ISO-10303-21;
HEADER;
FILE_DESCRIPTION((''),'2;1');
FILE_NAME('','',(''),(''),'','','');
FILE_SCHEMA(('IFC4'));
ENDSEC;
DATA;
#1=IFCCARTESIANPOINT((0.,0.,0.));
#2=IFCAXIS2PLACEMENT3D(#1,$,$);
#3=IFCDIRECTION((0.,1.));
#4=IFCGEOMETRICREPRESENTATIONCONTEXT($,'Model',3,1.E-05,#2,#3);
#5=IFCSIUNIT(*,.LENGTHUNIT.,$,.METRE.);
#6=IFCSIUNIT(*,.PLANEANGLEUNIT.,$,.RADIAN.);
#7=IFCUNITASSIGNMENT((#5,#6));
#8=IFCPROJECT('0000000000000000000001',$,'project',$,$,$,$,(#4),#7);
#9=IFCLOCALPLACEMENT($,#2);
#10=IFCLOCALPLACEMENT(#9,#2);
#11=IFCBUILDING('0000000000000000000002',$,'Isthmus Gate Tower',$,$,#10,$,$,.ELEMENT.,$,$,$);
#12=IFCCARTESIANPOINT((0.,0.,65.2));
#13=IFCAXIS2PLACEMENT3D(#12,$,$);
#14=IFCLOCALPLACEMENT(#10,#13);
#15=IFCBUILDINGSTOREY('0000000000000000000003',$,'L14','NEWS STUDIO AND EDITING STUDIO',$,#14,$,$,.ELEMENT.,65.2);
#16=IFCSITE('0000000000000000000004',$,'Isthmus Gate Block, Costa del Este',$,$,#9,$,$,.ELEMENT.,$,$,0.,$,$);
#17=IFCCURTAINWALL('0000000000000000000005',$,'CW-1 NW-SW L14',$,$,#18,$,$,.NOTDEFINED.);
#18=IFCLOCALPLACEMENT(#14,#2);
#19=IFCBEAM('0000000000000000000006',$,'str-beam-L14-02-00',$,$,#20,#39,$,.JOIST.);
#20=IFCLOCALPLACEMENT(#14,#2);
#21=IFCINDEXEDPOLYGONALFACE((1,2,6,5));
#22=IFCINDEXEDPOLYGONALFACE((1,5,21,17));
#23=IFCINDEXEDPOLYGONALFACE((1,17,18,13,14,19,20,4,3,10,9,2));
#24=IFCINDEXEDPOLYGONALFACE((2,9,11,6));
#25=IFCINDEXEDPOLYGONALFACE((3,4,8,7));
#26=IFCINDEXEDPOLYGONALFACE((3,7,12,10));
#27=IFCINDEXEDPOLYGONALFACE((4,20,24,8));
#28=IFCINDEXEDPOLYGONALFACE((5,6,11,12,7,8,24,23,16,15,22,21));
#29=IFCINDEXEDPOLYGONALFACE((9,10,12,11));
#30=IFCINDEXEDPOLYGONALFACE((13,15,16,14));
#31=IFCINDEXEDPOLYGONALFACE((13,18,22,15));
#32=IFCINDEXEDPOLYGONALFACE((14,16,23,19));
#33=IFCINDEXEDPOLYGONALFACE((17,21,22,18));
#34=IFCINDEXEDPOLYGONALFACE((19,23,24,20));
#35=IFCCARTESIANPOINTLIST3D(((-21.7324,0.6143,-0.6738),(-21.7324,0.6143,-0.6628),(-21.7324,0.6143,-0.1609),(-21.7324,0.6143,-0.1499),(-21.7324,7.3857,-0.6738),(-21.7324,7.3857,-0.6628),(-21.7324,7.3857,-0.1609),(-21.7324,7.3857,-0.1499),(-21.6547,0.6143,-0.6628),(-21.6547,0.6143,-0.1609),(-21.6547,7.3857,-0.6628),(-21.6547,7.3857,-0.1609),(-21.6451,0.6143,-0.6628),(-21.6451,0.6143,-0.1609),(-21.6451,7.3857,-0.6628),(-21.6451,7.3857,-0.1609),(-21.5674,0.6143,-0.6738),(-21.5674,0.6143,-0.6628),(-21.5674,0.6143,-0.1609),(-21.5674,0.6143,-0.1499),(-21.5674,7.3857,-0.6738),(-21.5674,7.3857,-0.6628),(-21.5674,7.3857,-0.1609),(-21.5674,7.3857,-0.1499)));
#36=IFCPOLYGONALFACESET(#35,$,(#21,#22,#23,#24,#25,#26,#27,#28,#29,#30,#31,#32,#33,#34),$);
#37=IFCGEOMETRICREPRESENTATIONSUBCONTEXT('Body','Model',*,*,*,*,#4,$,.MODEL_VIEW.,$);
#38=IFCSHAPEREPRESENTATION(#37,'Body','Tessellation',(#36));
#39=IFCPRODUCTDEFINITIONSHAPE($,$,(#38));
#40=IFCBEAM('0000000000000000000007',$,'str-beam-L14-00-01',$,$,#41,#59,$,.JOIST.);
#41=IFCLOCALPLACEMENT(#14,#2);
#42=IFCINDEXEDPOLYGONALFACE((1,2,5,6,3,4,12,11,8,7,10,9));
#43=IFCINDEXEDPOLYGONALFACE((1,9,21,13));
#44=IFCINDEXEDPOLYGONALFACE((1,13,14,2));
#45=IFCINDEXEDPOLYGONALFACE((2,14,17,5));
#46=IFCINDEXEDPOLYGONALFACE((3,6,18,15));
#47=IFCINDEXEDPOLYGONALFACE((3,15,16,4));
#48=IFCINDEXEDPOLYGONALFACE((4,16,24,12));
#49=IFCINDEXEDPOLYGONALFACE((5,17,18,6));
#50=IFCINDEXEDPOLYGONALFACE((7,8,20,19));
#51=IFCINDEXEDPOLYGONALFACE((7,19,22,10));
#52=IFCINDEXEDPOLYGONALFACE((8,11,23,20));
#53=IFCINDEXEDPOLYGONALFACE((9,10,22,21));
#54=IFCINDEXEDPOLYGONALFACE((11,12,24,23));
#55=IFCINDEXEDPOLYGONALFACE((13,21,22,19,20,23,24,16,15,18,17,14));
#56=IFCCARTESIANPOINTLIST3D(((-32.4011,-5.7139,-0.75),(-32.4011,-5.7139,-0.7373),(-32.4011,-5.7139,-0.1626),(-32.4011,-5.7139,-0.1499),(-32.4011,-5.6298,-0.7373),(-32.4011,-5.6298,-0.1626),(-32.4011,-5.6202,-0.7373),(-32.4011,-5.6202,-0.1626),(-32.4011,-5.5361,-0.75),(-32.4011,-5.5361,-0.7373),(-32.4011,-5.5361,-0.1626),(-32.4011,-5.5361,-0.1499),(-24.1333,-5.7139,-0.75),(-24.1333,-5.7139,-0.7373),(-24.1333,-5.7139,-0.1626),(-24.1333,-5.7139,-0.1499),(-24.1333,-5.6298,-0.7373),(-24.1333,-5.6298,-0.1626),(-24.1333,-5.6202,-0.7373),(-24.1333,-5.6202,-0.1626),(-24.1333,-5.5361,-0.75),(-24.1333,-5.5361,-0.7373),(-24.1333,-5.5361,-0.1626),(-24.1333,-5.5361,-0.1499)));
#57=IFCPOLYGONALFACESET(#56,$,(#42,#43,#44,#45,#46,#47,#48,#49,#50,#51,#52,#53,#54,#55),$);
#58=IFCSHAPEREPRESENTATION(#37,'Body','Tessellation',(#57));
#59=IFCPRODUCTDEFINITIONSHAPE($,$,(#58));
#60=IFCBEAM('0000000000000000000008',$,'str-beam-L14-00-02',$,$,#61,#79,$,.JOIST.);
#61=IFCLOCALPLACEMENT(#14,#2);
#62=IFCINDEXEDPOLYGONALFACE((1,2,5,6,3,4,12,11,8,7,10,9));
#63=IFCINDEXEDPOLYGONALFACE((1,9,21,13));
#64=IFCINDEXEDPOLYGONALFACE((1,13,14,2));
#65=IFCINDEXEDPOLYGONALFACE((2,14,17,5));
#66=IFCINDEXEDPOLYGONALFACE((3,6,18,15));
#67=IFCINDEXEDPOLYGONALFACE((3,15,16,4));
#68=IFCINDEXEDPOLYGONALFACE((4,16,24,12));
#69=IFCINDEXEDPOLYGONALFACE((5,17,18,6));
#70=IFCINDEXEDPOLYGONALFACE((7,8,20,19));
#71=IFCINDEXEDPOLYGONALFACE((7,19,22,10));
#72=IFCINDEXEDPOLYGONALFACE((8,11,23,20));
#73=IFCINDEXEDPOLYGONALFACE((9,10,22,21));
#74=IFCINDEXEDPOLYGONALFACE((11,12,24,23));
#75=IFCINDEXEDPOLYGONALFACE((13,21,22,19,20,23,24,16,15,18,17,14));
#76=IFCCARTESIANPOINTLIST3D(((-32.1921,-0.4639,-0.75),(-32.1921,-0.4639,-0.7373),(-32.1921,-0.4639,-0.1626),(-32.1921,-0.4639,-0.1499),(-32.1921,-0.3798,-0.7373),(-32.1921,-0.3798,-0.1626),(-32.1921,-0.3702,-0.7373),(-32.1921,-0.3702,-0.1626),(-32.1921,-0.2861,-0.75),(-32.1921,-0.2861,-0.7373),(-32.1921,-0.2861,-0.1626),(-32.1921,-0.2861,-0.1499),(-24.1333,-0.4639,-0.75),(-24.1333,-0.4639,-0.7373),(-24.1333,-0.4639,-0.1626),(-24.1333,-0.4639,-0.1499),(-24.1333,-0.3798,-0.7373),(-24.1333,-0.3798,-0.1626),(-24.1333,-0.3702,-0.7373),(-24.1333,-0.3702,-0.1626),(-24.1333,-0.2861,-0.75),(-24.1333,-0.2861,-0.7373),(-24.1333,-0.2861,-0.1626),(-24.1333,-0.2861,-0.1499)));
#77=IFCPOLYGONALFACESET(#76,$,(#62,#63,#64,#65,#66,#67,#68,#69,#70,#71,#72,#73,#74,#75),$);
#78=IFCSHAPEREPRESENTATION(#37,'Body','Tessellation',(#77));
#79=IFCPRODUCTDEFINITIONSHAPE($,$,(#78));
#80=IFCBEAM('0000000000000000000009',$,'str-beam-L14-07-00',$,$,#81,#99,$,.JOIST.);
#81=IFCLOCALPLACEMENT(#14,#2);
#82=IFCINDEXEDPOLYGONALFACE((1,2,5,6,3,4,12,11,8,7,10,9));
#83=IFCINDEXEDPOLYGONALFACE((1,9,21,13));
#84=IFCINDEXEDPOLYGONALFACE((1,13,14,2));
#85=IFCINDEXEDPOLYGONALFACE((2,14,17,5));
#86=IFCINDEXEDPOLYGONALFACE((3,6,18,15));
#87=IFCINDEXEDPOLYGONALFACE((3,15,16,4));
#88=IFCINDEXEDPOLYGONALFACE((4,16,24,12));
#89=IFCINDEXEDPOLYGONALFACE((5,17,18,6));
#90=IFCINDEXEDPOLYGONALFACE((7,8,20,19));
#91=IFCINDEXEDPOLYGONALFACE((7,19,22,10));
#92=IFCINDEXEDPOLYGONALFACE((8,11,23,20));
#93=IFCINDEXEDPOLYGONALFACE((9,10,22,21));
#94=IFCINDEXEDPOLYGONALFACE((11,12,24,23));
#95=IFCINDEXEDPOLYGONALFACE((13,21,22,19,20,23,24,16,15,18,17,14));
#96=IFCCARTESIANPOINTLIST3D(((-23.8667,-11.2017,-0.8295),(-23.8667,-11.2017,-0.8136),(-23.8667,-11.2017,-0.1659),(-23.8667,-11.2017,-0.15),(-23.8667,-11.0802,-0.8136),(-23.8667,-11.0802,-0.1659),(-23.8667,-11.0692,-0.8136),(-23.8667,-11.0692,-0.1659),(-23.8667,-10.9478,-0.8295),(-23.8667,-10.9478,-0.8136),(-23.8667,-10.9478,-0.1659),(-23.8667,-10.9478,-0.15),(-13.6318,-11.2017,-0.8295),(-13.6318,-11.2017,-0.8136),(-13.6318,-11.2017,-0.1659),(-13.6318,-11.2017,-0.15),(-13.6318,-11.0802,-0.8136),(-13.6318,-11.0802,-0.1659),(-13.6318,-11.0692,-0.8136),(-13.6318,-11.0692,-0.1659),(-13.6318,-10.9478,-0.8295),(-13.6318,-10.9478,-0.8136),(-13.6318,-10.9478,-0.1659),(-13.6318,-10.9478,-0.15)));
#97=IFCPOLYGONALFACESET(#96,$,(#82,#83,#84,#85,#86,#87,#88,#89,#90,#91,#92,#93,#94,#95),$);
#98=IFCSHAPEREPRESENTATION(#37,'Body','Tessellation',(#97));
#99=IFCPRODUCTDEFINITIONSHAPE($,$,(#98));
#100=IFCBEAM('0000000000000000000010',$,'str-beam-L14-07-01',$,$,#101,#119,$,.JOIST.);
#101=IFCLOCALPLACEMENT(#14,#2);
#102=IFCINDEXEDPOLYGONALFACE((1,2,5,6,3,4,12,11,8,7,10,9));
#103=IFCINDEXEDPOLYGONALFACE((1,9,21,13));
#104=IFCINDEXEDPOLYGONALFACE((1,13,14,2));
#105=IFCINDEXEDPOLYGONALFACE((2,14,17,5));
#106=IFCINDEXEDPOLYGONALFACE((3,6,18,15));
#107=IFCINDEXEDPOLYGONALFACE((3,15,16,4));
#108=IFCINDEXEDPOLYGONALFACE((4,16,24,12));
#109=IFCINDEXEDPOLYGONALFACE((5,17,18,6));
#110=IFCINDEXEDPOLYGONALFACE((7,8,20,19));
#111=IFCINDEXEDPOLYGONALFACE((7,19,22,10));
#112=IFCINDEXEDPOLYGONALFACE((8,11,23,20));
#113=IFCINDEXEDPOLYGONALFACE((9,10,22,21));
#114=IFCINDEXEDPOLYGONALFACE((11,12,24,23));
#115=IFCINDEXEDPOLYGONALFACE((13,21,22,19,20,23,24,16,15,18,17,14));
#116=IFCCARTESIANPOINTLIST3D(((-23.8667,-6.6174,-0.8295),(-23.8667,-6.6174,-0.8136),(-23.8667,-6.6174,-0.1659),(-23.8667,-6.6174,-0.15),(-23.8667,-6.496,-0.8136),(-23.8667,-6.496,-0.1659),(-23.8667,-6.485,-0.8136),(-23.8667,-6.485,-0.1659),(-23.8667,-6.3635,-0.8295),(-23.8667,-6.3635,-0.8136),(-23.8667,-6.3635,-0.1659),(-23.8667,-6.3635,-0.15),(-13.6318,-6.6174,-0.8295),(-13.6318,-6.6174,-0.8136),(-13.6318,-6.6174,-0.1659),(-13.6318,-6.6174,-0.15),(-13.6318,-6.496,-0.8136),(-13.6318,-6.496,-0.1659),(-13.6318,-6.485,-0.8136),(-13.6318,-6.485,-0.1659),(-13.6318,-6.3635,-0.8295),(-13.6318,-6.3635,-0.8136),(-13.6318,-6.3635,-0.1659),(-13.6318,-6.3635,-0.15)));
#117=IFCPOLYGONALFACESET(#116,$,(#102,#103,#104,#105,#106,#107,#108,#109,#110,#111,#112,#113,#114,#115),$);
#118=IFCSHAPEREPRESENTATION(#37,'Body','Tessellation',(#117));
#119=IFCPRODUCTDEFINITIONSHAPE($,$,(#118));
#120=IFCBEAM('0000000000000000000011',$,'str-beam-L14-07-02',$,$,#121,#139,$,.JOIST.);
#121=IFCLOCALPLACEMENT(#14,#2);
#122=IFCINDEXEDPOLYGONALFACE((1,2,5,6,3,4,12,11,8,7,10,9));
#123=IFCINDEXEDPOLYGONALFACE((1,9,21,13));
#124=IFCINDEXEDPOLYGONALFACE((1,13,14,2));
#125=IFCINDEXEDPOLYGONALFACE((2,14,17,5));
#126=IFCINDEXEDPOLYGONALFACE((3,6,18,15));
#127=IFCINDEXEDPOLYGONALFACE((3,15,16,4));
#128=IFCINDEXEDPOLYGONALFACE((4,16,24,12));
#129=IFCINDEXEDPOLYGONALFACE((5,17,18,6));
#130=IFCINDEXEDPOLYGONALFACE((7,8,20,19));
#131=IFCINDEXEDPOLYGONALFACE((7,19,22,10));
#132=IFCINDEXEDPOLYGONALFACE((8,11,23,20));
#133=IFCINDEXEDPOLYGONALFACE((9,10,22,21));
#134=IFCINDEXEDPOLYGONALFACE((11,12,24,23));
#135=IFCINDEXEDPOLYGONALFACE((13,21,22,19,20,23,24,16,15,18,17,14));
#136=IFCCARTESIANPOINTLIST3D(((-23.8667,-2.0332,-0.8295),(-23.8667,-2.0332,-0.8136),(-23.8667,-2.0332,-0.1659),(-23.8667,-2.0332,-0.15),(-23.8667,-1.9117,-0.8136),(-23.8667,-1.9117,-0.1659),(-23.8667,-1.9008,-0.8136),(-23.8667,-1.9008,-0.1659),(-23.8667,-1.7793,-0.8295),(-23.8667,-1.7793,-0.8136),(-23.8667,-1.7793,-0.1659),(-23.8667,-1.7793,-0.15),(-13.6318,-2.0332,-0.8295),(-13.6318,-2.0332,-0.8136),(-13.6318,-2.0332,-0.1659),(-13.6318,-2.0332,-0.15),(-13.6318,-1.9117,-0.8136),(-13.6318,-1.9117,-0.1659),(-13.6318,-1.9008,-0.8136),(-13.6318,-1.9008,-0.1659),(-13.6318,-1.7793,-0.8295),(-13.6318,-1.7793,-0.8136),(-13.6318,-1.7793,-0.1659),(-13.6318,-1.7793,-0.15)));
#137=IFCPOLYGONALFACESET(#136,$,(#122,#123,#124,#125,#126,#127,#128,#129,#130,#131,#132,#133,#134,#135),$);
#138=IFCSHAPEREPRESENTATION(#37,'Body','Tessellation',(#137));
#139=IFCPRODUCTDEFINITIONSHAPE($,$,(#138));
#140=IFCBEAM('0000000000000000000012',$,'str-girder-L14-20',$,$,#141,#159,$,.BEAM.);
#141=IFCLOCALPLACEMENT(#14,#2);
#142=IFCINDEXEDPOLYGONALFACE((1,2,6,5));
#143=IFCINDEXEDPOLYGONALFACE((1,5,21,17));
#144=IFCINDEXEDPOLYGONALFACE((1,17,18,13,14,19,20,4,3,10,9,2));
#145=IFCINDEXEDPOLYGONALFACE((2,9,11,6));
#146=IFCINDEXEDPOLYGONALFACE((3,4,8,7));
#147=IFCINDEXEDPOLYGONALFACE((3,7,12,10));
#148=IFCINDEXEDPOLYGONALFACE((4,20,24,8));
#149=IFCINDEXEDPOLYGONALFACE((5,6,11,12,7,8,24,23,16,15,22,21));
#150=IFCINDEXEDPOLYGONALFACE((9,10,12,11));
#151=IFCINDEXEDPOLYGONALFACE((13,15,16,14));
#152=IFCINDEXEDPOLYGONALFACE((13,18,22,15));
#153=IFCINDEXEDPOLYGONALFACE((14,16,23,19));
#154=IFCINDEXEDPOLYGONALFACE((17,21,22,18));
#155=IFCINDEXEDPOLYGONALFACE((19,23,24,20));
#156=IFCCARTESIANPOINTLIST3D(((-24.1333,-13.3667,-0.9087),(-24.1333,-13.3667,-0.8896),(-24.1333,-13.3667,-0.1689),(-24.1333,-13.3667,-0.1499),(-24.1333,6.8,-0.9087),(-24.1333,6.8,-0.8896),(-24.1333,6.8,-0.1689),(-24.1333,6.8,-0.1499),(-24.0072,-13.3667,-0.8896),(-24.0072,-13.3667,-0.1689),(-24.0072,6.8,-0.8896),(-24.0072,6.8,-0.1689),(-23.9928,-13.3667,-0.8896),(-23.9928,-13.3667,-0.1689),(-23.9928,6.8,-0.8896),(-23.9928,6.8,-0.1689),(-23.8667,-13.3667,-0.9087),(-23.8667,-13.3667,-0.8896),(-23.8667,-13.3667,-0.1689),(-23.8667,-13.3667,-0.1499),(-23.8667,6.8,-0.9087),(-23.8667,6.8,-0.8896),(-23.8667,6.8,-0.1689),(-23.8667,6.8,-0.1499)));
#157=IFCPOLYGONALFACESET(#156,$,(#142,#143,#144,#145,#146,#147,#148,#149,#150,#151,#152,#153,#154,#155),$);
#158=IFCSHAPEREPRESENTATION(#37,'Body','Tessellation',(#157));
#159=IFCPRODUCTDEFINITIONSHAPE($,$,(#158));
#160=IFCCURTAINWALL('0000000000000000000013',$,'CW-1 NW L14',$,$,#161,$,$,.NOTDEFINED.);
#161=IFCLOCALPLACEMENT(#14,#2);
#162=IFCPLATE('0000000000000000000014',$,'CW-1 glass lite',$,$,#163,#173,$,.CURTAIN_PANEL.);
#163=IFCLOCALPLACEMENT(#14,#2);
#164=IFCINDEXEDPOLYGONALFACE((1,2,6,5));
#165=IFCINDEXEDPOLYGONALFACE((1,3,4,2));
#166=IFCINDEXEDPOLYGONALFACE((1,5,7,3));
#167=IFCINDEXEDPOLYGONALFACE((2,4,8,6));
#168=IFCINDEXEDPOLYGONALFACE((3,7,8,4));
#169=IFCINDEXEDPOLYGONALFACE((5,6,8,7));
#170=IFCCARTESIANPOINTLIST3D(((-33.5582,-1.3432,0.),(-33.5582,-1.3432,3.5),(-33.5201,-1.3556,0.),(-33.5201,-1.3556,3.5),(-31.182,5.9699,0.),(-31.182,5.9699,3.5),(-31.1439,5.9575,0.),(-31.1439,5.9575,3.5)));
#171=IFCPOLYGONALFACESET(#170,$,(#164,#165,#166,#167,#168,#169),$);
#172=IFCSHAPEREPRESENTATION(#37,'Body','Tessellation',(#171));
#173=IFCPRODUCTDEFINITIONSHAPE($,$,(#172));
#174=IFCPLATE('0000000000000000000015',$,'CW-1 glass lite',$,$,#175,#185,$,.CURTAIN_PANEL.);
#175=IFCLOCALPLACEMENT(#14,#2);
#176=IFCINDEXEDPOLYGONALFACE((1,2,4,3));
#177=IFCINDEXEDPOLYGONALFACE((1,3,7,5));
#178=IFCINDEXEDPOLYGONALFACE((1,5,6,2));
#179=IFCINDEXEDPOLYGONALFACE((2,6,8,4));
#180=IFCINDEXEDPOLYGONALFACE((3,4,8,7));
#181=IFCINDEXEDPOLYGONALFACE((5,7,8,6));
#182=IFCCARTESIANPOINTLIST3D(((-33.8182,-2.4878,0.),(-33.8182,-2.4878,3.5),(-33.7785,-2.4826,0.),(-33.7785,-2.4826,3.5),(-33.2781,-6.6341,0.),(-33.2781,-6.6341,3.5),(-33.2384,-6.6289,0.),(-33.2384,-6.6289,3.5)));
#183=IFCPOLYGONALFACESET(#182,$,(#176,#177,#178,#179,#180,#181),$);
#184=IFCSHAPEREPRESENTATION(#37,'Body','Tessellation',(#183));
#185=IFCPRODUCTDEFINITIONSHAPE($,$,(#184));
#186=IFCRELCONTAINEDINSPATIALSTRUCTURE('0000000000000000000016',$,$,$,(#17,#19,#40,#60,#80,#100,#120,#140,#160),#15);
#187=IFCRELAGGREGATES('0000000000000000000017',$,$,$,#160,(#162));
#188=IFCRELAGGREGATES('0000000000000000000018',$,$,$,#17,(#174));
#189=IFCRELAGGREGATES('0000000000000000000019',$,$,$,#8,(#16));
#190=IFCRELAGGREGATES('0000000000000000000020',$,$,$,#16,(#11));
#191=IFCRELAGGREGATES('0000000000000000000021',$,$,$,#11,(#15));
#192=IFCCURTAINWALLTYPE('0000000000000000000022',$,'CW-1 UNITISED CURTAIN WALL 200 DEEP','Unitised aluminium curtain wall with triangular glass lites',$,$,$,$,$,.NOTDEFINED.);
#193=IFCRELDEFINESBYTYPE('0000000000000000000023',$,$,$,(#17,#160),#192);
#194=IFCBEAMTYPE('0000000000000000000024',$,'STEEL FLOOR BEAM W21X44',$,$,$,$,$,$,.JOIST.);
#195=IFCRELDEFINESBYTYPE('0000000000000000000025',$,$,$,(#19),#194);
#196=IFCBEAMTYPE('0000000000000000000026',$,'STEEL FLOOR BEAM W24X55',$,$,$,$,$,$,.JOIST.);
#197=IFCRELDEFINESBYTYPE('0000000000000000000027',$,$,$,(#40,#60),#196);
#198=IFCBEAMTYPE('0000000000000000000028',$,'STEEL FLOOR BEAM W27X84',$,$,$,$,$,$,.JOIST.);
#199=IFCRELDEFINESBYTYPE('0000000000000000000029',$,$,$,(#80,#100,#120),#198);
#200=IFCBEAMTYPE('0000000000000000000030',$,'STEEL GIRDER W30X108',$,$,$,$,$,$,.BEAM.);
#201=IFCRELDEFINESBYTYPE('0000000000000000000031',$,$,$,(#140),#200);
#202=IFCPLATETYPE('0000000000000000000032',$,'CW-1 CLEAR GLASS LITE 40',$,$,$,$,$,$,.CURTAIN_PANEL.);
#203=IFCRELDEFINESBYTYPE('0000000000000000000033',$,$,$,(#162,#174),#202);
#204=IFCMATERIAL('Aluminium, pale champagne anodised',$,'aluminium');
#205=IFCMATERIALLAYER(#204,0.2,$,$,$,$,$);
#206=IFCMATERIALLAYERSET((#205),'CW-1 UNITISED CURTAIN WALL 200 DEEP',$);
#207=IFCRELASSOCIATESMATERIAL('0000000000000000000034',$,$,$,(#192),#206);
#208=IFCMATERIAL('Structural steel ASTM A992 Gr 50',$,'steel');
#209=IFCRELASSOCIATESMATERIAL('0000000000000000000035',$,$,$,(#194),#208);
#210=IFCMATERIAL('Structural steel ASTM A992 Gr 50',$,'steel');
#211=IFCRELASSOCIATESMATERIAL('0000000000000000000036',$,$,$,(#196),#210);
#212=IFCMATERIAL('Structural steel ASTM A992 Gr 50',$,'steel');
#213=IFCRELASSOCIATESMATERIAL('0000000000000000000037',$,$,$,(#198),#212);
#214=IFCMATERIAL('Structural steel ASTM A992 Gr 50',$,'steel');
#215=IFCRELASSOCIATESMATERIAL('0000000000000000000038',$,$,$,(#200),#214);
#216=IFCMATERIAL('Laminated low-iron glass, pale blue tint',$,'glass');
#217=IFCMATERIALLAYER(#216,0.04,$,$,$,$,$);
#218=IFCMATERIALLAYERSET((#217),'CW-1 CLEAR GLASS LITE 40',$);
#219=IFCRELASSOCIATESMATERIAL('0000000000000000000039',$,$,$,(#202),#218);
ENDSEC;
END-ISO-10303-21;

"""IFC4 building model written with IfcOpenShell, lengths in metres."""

from ifc_helpers import new_model, si_unit, direction, frame, origin, origin_2d, place, context, subcontext, project, spatial, rectangle, i_section, extrude, material, layer, layer_set, material_profile, profile_set, type_object, element, aggregate, save


model = new_model("IFC4")

# Units and contexts
model_context = context("Model", 3, precision=1e-05, world=origin(), true_north=direction((0.0, 1.0)))
body_context = subcontext(model_context, "Body", "Model", "MODEL_VIEW")
ifc_project = project(units=[si_unit("LENGTHUNIT", "METRE"), si_unit("PLANEANGLEUNIT", "RADIAN")], contexts=[model_context])

# Site, building, storey
site_placement = place(None, origin())
site = spatial("IfcSite", under=ifc_project, at=site_placement, Name="Isthmus Gate Block, Costa del Este", CompositionType="ELEMENT", RefElevation=0.0)
building_placement = place(site_placement, origin())
building = spatial("IfcBuilding", under=site, at=building_placement, Name="Isthmus Gate Tower", CompositionType="ELEMENT")
storey_placement = place(building_placement, frame((0.0, 0.0, 65.2)))
storey = spatial("IfcBuildingStorey", under=building, at=storey_placement, Name="L14", Description="NEWS STUDIO AND EDITING STUDIO", CompositionType="ELEMENT", Elevation=65.2)

# Curtain wall
ifc_material_1 = material(Name="Aluminium, pale champagne anodised", Category="aluminium")
ifc_layer_1 = layer(ifc_material_1, 0.2)
ifc_layer_set_1 = layer_set([ifc_layer_1], Name="CW-1 UNITISED CURTAIN WALL 200 DEEP")
curtain_wall_type = type_object("IfcCurtainWallType", Name="CW-1 UNITISED CURTAIN WALL 200 DEEP", Description="Unitised aluminium curtain wall with triangular glass lites", PredefinedType="NOTDEFINED", material=ifc_layer_set_1)
curtain_wall_1_placement = place(storey_placement, origin())
curtain_wall_1 = element("IfcCurtainWall", 1, at=curtain_wall_1_placement, inside=storey, type_object=curtain_wall_type, Name="CW-1 NW-SW L14", PredefinedType="NOTDEFINED")

# Beams
ifc_material_2 = material(Name="Structural steel ASTM A992 Gr 50", Category="steel")
ifc_material_profile_1 = material_profile(ifc_material_2, i_section(OverallWidth=0.165, OverallDepth=0.5239, WebThickness=0.0095, FlangeThickness=0.011, at=origin_2d()), Name="W21X44")
ifc_profile_set_1 = profile_set([ifc_material_profile_1], Name="Structural steel ASTM A992 Gr 50")
beam_type_1 = type_object("IfcBeamType", Name="STEEL FLOOR BEAM W21X44", PredefinedType="JOIST", material=ifc_profile_set_1)
beam_1_placement = place(storey_placement, frame((-21.6499, 0.6143, -0.4119), z_axis=(0.0, 1.0, 0.0), x_axis=(-1.0, 0.0, 0.0)))
element("IfcBeam", 2, at=beam_1_placement, inside=storey, type_object=beam_type_1, Name="str-beam-L14-02-00", PredefinedType="JOIST", context=body_context, shape_type="SweptSolid", body=[
    extrude(i_section(OverallWidth=0.165, OverallDepth=0.5239, WebThickness=0.0095, FlangeThickness=0.011, at=origin_2d()), origin(), (0.0, 0.0, 1.0), 6.7715),
])
ifc_material_3 = material(Name="Structural steel ASTM A992 Gr 50", Category="steel")
ifc_material_profile_2 = material_profile(ifc_material_3, i_section(OverallWidth=0.1777, OverallDepth=0.6001, WebThickness=0.0095, FlangeThickness=0.0127, at=origin_2d()), Name="W24X55")
ifc_profile_set_2 = profile_set([ifc_material_profile_2], Name="Structural steel ASTM A992 Gr 50")
beam_type_2 = type_object("IfcBeamType", Name="STEEL FLOOR BEAM W24X55", PredefinedType="JOIST", material=ifc_profile_set_2)
beam_2_placement = place(storey_placement, frame((-32.4011, -5.625, -0.45), z_axis=(1.0, 0.0, 0.0), x_axis=(0.0, 1.0, 0.0)))
element("IfcBeam", 3, at=beam_2_placement, inside=storey, type_object=beam_type_2, Name="str-beam-L14-00-01", PredefinedType="JOIST", context=body_context, shape_type="SweptSolid", body=[
    extrude(i_section(OverallWidth=0.1777, OverallDepth=0.6001, WebThickness=0.0095, FlangeThickness=0.0127, at=origin_2d()), origin(), (0.0, 0.0, 1.0), 8.2678),
])
beam_3_placement = place(storey_placement, frame((-32.1921, -0.375, -0.45), z_axis=(1.0, 0.0, 0.0), x_axis=(0.0, 1.0, 0.0)))
element("IfcBeam", 4, at=beam_3_placement, inside=storey, type_object=beam_type_2, Name="str-beam-L14-00-02", PredefinedType="JOIST", context=body_context, shape_type="SweptSolid", body=[
    extrude(i_section(OverallWidth=0.1777, OverallDepth=0.6001, WebThickness=0.0095, FlangeThickness=0.0127, at=origin_2d()), origin(), (0.0, 0.0, 1.0), 8.0588),
])
ifc_material_4 = material(Name="Structural steel ASTM A992 Gr 50", Category="steel")
ifc_material_profile_3 = material_profile(ifc_material_4, i_section(OverallWidth=0.2539, OverallDepth=0.6794, WebThickness=0.011, FlangeThickness=0.0159, at=origin_2d()), Name="W27X84")
ifc_profile_set_3 = profile_set([ifc_material_profile_3], Name="Structural steel ASTM A992 Gr 50")
beam_type_3 = type_object("IfcBeamType", Name="STEEL FLOOR BEAM W27X84", PredefinedType="JOIST", material=ifc_profile_set_3)
for number, where, z_axis, x_axis, name in (
    (5, (-23.8667, -11.0747, -0.4897), (1.0, 0.0, 0.0), (0.0, 1.0, 0.0), "str-beam-L14-07-00"),
    (6, (-23.8667, -6.4905, -0.4897), (1.0, 0.0, 0.0), (0.0, 1.0, 0.0), "str-beam-L14-07-01"),
    (7, (-23.8667, -1.9062, -0.4897), (1.0, 0.0, 0.0), (0.0, 1.0, 0.0), "str-beam-L14-07-02"),
):
    element("IfcBeam", number, at=place(storey_placement, frame(where, z_axis=z_axis, x_axis=x_axis)), inside=storey, type_object=beam_type_3, Name=name, PredefinedType="JOIST", context=body_context, shape_type="SweptSolid", body=[
        extrude(i_section(OverallWidth=0.2539, OverallDepth=0.6794, WebThickness=0.011, FlangeThickness=0.0159, at=origin_2d()), origin(), (0.0, 0.0, 1.0), 10.2349),
    ])
ifc_material_5 = material(Name="Structural steel ASTM A992 Gr 50", Category="steel")
ifc_material_profile_4 = material_profile(ifc_material_5, i_section(OverallWidth=0.2666, OverallDepth=0.7588, WebThickness=0.0144, FlangeThickness=0.019, at=origin_2d()), Name="W30X108")
ifc_profile_set_4 = profile_set([ifc_material_profile_4], Name="Structural steel ASTM A992 Gr 50")
beam_type_4 = type_object("IfcBeamType", Name="STEEL GIRDER W30X108", PredefinedType="BEAM", material=ifc_profile_set_4)
beam_4_placement = place(storey_placement, frame((-24.0, -13.3667, -0.5293), z_axis=(0.0, 1.0, 0.0), x_axis=(-1.0, 0.0, 0.0)))
element("IfcBeam", 8, at=beam_4_placement, inside=storey, type_object=beam_type_4, Name="str-girder-L14-20", PredefinedType="BEAM", context=body_context, shape_type="SweptSolid", body=[
    extrude(i_section(OverallWidth=0.2666, OverallDepth=0.7588, WebThickness=0.0144, FlangeThickness=0.019, at=origin_2d()), origin(), (0.0, 0.0, 1.0), 20.1667),
])

# Curtain wall, plate
curtain_wall_2_placement = place(storey_placement, origin())
curtain_wall_2 = element("IfcCurtainWall", 9, at=curtain_wall_2_placement, inside=storey, type_object=curtain_wall_type, Name="CW-1 NW L14", PredefinedType="NOTDEFINED")
ifc_material_6 = material(Name="Laminated low-iron glass, pale blue tint", Category="glass")
ifc_layer_2 = layer(ifc_material_6, 0.04)
ifc_layer_set_2 = layer_set([ifc_layer_2], Name="CW-1 CLEAR GLASS LITE 40")
plate_type = type_object("IfcPlateType", Name="CW-1 CLEAR GLASS LITE 40", PredefinedType="CURTAIN_PANEL", material=ifc_layer_set_2)
plate_1_placement = place(storey_placement, frame((-32.3511, 2.3071, 0.0), z_axis=(0.0, 0.0, 1.0), x_axis=(-0.309017, -0.951057, 0.0)))
plate_1 = element("IfcPlate", 10, at=plate_1_placement, type_object=plate_type, Name="CW-1 glass lite", PredefinedType="CURTAIN_PANEL", context=body_context, shape_type="SweptSolid", body=[
    extrude(rectangle(XDim=7.6895, YDim=0.04, at=origin_2d()), origin(), (0.0, 0.0, 1.0), 3.5),
])
aggregate(curtain_wall_2, [plate_1])

# Plate
plate_2_placement = place(storey_placement, frame((-33.5283, -4.5583, 0.0), z_axis=(0.0, 0.0, 1.0), x_axis=(0.129165, -0.991623, 0.0)))
plate_2 = element("IfcPlate", 11, at=plate_2_placement, type_object=plate_type, Name="CW-1 glass lite", PredefinedType="CURTAIN_PANEL", context=body_context, shape_type="SweptSolid", body=[
    extrude(rectangle(XDim=4.1814, YDim=0.04, at=origin_2d()), origin(), (0.0, 0.0, 1.0), 3.5),
])
aggregate(curtain_wall_1, [plate_2])

save(model, "model.ifc")
